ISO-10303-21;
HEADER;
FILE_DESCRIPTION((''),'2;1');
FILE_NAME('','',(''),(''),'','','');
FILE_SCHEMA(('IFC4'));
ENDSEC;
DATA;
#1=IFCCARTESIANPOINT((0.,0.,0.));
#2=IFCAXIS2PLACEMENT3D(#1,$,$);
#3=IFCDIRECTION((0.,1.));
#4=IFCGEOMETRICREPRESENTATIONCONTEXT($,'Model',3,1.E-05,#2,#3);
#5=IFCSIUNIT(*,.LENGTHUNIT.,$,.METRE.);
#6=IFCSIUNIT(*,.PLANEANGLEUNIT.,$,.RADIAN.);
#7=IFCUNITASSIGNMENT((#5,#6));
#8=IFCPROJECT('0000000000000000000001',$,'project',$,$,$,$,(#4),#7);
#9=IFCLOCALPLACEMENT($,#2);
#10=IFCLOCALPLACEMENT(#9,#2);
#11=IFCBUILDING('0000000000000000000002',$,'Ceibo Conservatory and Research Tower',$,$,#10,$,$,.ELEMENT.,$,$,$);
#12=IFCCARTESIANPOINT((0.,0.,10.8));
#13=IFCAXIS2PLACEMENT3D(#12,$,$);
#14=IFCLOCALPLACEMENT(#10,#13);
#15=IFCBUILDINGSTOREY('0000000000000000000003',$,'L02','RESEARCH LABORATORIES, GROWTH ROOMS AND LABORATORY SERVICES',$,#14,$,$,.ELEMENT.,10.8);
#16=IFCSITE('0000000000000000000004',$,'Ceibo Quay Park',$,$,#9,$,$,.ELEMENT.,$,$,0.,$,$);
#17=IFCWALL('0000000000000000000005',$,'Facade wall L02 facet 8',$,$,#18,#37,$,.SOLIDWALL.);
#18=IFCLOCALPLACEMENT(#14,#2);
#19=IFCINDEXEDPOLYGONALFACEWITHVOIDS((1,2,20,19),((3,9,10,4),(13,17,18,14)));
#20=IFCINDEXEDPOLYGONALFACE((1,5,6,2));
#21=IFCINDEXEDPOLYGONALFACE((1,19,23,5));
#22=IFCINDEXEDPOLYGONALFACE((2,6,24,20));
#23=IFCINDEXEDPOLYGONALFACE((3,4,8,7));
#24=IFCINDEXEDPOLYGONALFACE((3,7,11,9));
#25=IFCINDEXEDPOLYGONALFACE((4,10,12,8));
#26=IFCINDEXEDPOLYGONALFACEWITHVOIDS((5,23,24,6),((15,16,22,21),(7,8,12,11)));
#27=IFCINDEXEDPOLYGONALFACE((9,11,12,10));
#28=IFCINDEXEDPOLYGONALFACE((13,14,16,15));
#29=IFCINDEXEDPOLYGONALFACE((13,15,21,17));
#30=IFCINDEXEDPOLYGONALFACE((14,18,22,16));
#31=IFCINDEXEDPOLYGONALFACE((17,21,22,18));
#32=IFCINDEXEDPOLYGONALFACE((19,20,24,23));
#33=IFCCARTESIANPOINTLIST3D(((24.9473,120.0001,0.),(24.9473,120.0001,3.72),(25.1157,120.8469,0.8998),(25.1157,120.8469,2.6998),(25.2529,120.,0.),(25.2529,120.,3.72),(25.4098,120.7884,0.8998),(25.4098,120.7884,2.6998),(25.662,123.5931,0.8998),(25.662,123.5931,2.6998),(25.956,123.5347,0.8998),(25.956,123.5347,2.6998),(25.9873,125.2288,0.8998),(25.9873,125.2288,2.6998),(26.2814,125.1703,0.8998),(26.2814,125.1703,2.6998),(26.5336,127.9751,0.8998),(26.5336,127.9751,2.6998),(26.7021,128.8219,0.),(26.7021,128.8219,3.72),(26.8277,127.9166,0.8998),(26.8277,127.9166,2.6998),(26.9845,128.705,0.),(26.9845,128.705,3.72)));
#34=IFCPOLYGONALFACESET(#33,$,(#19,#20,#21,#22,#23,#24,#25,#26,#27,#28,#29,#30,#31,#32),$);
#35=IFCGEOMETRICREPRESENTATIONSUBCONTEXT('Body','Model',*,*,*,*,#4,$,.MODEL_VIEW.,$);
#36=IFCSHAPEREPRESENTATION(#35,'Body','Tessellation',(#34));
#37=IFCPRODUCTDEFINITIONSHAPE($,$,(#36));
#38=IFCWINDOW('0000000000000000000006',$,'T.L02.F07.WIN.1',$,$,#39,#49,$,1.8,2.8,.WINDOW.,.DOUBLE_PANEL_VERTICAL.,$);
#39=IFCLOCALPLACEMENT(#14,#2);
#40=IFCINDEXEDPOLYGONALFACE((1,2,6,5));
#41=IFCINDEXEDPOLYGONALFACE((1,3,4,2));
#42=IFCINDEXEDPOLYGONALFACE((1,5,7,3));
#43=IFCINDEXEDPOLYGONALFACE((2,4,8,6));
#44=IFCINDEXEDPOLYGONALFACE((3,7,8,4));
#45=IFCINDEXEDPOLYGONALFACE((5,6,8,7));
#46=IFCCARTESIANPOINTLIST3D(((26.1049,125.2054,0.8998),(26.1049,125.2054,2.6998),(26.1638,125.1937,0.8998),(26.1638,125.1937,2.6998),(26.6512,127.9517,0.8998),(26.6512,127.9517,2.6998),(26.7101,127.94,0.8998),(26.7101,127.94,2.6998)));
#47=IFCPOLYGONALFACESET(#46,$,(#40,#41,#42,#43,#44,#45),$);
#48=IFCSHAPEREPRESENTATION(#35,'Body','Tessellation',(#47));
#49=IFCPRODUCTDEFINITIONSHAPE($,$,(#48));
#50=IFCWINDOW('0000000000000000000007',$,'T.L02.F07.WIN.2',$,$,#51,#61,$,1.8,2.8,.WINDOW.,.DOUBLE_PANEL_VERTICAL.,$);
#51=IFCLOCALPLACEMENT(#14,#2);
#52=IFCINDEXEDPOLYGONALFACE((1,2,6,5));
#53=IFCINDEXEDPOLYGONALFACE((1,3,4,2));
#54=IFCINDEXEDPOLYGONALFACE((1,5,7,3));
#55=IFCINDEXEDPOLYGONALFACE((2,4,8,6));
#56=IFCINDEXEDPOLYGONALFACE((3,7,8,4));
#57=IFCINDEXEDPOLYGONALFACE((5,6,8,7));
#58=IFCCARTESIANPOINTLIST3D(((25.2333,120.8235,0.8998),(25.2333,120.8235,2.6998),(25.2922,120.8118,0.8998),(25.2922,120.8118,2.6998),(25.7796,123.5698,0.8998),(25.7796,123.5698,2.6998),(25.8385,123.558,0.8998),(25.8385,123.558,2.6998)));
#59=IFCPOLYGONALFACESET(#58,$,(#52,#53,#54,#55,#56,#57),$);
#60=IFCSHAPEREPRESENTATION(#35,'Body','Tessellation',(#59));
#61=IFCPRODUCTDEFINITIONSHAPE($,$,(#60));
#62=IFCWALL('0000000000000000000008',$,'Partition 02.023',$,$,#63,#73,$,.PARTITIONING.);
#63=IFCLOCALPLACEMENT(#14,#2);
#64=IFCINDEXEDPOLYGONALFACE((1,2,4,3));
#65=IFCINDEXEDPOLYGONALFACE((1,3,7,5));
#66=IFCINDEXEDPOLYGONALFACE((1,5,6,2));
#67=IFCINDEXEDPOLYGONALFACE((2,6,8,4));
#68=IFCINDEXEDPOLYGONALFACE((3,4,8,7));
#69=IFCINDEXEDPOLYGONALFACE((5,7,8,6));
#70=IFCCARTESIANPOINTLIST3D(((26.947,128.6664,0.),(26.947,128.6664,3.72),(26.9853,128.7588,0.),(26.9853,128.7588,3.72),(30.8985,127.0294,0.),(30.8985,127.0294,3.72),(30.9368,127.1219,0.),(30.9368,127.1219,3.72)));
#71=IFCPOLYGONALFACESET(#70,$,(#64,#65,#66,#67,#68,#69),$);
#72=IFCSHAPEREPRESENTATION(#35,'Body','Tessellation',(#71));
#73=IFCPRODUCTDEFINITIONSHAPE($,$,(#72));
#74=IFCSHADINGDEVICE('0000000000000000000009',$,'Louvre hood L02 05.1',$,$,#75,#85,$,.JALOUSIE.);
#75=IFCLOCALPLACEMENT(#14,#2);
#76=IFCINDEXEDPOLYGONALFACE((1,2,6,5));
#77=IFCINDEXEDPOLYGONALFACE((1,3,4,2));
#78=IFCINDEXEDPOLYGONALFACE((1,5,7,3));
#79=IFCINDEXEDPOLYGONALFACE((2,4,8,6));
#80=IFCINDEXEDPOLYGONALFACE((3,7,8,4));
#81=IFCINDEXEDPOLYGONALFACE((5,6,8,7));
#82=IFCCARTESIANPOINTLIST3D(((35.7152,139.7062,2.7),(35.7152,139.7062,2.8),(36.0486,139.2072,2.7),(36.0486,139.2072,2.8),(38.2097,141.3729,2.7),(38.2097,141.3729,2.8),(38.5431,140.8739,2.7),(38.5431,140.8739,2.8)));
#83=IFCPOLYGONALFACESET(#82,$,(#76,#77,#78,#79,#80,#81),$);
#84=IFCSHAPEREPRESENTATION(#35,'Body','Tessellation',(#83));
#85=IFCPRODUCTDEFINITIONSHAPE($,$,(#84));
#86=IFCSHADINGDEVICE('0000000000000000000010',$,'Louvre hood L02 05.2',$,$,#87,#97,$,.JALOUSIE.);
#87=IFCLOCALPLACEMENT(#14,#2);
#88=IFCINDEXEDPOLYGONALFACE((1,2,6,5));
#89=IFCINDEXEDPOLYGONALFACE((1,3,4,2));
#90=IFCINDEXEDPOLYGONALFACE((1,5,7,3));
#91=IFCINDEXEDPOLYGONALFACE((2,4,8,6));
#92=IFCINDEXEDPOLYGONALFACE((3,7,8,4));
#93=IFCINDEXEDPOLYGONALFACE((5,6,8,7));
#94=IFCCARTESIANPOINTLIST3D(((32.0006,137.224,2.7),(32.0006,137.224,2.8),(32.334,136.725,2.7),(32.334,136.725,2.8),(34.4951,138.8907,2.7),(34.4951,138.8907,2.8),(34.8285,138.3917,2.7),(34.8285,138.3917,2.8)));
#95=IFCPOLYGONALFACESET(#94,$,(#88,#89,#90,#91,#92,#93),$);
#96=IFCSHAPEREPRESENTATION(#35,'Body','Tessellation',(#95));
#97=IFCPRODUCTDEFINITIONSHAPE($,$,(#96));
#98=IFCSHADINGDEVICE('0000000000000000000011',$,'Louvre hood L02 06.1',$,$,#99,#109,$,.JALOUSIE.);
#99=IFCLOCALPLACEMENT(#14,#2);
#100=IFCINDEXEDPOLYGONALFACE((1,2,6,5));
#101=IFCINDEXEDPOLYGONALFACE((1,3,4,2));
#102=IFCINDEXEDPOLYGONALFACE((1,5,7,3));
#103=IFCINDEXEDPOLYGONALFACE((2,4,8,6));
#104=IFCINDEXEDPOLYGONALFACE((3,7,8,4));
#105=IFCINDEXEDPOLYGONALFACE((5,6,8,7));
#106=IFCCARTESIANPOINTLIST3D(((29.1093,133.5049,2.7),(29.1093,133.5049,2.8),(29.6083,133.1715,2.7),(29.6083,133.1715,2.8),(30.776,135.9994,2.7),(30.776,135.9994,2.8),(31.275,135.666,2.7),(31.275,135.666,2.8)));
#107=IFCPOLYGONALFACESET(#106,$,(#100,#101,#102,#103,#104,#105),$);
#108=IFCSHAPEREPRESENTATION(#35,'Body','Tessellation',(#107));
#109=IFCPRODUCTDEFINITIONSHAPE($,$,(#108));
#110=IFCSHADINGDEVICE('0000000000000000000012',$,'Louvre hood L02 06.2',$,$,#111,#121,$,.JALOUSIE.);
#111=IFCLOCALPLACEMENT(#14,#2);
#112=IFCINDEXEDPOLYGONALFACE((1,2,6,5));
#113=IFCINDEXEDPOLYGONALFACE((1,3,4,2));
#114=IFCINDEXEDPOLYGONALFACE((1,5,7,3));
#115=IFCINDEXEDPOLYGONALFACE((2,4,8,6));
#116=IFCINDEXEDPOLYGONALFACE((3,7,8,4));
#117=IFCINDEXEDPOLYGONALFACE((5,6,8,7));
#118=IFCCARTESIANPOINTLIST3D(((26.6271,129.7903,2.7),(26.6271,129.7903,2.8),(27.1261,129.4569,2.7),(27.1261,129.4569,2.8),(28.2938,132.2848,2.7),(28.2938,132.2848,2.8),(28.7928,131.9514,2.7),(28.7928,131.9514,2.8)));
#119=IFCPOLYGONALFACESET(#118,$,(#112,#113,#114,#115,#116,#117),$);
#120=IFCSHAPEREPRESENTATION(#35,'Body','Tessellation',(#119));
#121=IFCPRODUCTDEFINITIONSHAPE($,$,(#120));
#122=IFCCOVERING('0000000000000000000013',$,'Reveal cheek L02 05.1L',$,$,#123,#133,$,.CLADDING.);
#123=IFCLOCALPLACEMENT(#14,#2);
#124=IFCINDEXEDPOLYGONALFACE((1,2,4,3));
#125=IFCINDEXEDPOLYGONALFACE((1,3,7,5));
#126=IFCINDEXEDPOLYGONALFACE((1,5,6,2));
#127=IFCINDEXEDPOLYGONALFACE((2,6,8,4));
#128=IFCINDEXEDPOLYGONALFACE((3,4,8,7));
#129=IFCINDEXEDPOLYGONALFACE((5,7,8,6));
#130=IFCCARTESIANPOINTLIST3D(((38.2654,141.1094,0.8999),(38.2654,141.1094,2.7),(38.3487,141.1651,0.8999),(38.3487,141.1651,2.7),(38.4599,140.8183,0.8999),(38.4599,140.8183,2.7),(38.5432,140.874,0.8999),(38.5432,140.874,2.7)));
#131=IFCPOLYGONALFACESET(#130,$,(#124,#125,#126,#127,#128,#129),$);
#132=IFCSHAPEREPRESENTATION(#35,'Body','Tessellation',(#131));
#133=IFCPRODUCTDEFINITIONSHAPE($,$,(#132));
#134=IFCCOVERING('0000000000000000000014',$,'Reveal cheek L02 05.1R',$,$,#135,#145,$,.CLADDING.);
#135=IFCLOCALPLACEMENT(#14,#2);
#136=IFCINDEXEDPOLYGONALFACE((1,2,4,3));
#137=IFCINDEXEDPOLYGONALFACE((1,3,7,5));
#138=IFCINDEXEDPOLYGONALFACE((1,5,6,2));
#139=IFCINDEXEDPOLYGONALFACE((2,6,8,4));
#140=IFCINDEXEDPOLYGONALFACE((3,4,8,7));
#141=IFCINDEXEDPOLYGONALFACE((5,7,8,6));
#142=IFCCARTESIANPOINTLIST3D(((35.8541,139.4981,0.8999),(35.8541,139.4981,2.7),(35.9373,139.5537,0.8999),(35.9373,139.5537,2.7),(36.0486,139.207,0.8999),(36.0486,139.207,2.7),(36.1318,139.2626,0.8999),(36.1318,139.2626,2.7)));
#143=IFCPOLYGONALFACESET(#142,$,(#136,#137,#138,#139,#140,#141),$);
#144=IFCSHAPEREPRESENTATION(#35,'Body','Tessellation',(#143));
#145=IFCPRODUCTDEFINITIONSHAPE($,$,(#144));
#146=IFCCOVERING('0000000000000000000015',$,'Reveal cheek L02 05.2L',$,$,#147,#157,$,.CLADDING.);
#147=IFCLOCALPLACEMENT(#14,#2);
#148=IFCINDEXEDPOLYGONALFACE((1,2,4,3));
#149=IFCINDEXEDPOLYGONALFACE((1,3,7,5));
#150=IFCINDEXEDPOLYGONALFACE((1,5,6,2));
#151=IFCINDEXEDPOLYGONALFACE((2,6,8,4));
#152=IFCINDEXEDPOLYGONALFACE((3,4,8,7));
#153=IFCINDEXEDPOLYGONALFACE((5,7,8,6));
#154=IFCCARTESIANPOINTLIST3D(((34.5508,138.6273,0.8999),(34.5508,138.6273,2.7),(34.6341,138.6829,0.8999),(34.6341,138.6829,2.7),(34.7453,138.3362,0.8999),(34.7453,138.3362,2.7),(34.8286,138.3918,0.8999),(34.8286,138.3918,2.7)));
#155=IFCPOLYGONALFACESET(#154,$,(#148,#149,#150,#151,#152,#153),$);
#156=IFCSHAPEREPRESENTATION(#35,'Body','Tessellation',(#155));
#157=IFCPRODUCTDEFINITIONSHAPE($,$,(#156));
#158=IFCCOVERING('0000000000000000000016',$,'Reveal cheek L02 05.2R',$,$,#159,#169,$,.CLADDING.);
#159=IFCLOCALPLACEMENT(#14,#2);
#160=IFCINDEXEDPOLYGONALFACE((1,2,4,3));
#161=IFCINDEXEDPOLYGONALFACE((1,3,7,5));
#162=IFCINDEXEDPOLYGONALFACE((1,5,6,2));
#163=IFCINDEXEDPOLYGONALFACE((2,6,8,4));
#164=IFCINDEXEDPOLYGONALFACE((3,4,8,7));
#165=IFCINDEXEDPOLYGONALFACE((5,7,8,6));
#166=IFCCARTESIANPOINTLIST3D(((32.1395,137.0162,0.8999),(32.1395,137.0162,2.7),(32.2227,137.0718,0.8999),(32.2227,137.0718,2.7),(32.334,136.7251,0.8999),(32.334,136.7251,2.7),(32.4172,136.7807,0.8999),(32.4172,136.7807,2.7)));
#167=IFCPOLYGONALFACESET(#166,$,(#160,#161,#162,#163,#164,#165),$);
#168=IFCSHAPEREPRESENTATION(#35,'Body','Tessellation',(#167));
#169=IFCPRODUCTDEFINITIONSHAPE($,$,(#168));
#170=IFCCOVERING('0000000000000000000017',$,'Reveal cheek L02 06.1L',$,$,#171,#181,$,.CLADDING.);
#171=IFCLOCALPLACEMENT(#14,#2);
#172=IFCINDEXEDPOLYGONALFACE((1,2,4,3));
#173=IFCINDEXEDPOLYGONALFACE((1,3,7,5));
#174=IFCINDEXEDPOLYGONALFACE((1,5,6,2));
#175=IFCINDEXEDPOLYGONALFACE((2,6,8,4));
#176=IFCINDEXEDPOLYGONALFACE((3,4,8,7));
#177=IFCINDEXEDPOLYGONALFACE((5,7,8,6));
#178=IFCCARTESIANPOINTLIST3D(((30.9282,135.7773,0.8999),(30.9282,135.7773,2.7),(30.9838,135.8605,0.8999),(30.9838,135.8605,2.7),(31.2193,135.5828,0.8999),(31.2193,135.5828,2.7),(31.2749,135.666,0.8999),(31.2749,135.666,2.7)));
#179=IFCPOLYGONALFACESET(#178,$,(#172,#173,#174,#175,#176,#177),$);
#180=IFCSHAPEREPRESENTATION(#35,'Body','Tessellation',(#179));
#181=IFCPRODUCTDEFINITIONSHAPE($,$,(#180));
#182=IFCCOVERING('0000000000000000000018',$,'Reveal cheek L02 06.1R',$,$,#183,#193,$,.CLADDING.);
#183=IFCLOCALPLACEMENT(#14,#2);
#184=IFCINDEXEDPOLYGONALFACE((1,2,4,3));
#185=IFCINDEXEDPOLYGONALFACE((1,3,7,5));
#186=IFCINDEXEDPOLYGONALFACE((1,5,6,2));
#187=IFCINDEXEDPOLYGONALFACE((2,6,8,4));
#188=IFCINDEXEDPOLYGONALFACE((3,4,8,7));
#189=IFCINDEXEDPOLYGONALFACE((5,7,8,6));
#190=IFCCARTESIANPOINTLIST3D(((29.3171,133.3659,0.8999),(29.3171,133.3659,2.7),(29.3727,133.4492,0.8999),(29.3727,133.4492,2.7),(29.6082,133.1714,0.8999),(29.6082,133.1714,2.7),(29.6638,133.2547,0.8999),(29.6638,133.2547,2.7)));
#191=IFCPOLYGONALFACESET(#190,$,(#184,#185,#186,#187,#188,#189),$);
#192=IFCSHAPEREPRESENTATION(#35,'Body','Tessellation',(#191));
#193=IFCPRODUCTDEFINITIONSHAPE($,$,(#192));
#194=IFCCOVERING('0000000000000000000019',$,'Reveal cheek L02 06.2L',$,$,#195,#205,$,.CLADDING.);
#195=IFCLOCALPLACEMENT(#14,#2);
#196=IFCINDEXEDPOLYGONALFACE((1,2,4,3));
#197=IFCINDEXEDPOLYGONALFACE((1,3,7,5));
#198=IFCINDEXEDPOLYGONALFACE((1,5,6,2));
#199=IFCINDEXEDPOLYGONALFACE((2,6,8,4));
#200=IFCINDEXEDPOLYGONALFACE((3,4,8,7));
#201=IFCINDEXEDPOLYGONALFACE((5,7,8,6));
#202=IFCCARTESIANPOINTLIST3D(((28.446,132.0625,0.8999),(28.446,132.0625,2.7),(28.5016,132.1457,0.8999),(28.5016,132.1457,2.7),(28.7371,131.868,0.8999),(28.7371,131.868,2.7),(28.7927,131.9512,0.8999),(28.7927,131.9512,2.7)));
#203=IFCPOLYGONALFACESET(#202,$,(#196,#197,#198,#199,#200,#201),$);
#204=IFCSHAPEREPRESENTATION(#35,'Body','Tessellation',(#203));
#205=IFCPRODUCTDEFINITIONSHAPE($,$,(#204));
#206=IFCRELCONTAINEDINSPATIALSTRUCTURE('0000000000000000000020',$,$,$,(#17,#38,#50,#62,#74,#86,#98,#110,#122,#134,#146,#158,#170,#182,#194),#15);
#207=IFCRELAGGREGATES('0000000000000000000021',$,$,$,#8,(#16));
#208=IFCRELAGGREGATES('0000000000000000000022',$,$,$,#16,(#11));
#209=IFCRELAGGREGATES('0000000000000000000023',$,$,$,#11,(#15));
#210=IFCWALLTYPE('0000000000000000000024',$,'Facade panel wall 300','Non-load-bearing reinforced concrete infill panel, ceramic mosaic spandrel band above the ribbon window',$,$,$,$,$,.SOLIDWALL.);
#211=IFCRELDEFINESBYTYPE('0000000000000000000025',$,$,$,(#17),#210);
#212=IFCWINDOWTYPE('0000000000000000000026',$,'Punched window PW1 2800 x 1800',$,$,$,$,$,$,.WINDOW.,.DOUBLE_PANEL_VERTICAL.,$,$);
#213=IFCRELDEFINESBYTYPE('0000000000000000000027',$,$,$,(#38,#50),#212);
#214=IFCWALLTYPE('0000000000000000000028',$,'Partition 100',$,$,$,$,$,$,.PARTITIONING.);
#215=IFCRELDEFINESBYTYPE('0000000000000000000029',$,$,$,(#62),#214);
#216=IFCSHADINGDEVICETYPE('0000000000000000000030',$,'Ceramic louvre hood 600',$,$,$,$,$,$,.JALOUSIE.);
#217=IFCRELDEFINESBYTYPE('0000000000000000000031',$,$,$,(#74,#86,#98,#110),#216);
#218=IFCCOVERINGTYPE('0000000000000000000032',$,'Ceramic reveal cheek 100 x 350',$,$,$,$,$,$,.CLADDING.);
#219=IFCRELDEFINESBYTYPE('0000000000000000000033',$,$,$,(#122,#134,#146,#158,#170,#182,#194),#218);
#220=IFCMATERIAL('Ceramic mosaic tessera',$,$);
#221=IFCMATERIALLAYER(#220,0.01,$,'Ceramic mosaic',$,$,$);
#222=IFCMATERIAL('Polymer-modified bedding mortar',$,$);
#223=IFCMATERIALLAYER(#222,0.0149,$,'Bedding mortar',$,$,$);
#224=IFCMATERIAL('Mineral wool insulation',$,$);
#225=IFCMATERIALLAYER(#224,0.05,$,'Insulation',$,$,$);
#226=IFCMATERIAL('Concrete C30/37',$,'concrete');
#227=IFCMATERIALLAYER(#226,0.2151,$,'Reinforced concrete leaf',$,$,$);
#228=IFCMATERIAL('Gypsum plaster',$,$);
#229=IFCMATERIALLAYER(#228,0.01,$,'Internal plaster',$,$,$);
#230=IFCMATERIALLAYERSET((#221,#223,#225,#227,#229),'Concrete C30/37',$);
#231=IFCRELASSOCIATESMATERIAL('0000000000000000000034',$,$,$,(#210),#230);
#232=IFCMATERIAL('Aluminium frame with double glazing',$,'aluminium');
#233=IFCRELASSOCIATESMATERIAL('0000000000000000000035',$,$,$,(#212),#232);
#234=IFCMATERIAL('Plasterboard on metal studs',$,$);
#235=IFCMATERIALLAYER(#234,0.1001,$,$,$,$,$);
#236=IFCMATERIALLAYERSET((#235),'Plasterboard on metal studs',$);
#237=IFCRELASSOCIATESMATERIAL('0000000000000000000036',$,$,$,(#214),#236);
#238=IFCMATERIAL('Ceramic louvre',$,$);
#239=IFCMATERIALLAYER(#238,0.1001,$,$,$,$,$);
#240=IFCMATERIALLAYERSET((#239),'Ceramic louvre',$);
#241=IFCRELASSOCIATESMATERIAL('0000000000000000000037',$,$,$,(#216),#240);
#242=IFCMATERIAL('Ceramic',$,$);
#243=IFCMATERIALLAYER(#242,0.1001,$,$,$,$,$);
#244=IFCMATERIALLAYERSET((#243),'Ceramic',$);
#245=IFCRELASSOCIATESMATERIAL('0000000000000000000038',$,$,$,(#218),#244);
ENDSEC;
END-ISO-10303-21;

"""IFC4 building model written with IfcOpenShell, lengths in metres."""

from ifc_helpers import new_model, si_unit, direction, frame, frame_2d, origin, origin_2d, place, context, subcontext, project, spatial, polyline, rectangle, outline, extrude, material, layer, layer_set, type_object, element, fill, save


model = new_model("IFC4")

# Units and contexts
model_context = context("Model", 3, precision=1e-05, world=origin(), true_north=direction((0.0, 1.0)))
body_context = subcontext(model_context, "Body", "Model", "MODEL_VIEW")
ifc_project = project(units=[si_unit("LENGTHUNIT", "METRE"), si_unit("PLANEANGLEUNIT", "RADIAN")], contexts=[model_context])

# Site, building, storey
site_placement = place(None, origin())
site = spatial("IfcSite", under=ifc_project, at=site_placement, Name="Ceibo Quay Park", CompositionType="ELEMENT", RefElevation=0.0)
building_placement = place(site_placement, origin())
building = spatial("IfcBuilding", under=site, at=building_placement, Name="Ceibo Conservatory and Research Tower", CompositionType="ELEMENT")
storey_placement = place(building_placement, frame((0.0, 0.0, 10.8)))
storey = spatial("IfcBuildingStorey", under=building, at=storey_placement, Name="L02", Description="RESEARCH LABORATORIES, GROWTH ROOMS AND LABORATORY SERVICES", CompositionType="ELEMENT", Elevation=10.8)

# Wall, openings, windows
ifc_material_1 = material(Name="Ceramic mosaic tessera")
ifc_layer_1 = layer(ifc_material_1, 0.01, Name="Ceramic mosaic")
ifc_material_2 = material(Name="Polymer-modified bedding mortar")
ifc_layer_2 = layer(ifc_material_2, 0.0149, Name="Bedding mortar")
ifc_material_3 = material(Name="Mineral wool insulation")
ifc_layer_3 = layer(ifc_material_3, 0.05, Name="Insulation")
ifc_material_4 = material(Name="Concrete C30/37", Category="concrete")
ifc_layer_4 = layer(ifc_material_4, 0.2151, Name="Reinforced concrete leaf")
ifc_material_5 = material(Name="Gypsum plaster")
ifc_layer_5 = layer(ifc_material_5, 0.01, Name="Internal plaster")
ifc_layer_set_1 = layer_set([ifc_layer_1, ifc_layer_2, ifc_layer_3, ifc_layer_4, ifc_layer_5], Name="Concrete C30/37")
wall_type_1 = type_object("IfcWallType", Name="Facade panel wall 300", Description="Non-load-bearing reinforced concrete infill panel, ceramic mosaic spandrel band above the ribbon window", PredefinedType="SOLIDWALL", material=ifc_layer_set_1)
ifc_material_6 = material(Name="Aluminium frame with double glazing", Category="aluminium")
window_type = type_object("IfcWindowType", Name="Punched window PW1 2800 x 1800", PartitioningType="DOUBLE_PANEL_VERTICAL", PredefinedType="WINDOW", material=ifc_material_6)
wall_1_placement = place(storey_placement, frame((26.8433, 128.7634, 0.0), z_axis=(0.0, 0.0, 1.0), x_axis=(-0.195091, -0.980785, 0.0)))
wall_1 = element("IfcWall", 1, at=wall_1_placement, inside=storey, type_object=wall_type_1, Name="Facade wall L02 facet 8", PredefinedType="SOLIDWALL", context=body_context, shape_type="SweptSolid", body=[
    extrude(outline(polyline([(-0.0298, -0.1499), (8.9648, -0.1499), (8.9053, 0.1499), (0.0298, 0.1499), (-0.0298, -0.1499)])), origin(), (0.0, 0.0, 1.0), 3.72),
])
opening_1_placement = place(wall_1_placement, frame((0.8337, 0.0, 0.8999)))
opening_1 = element("IfcOpeningElement", 2, at=opening_1_placement, cuts=wall_1, PredefinedType="OPENING", context=body_context, shape_type="SweptSolid", body=[
    extrude(rectangle(XDim=2.8, YDim=1.8, at=frame_2d((1.3999, 0.8999))), frame((0.0, 0.1599, 0.0), z_axis=(0.0, -1.0, 0.0), x_axis=(1.0, 0.0, 0.0)), (0.0, 0.0, 1.0), 0.3201),
])
opening_2_placement = place(wall_1_placement, frame((5.3015, 0.0, 0.8999)))
opening_2 = element("IfcOpeningElement", 3, at=opening_2_placement, cuts=wall_1, PredefinedType="OPENING", context=body_context, shape_type="SweptSolid", body=[
    extrude(rectangle(XDim=2.8, YDim=1.8, at=frame_2d((1.3999, 0.8999))), frame((0.0, 0.1599, 0.0), z_axis=(0.0, -1.0, 0.0), x_axis=(1.0, 0.0, 0.0)), (0.0, 0.0, 1.0), 0.3201),
])
window_1_placement = place(opening_1_placement, origin())
window_1 = element("IfcWindow", 4, at=window_1_placement, inside=storey, type_object=window_type, Name="T.L02.F07.WIN.1", OverallHeight=1.8, OverallWidth=2.8, PartitioningType="DOUBLE_PANEL_VERTICAL", PredefinedType="WINDOW", context=body_context, shape_type="SweptSolid", body=[
    extrude(rectangle(XDim=2.8, YDim=1.8, at=frame_2d((1.3999, 0.8999))), frame((0.0, 0.03, 0.0), z_axis=(0.0, -1.0, 0.0), x_axis=(1.0, 0.0, 0.0)), (0.0, 0.0, 1.0), 0.0601),
])
fill(opening_1, window_1)
window_2_placement = place(opening_2_placement, origin())
window_2 = element("IfcWindow", 5, at=window_2_placement, inside=storey, type_object=window_type, Name="T.L02.F07.WIN.2", OverallHeight=1.8, OverallWidth=2.8, PartitioningType="DOUBLE_PANEL_VERTICAL", PredefinedType="WINDOW", context=body_context, shape_type="SweptSolid", body=[
    extrude(rectangle(XDim=2.8, YDim=1.8, at=frame_2d((1.3999, 0.8999))), frame((0.0, 0.03, 0.0), z_axis=(0.0, -1.0, 0.0), x_axis=(1.0, 0.0, 0.0)), (0.0, 0.0, 1.0), 0.0601),
])
fill(opening_2, window_2)

# Wall
ifc_material_7 = material(Name="Plasterboard on metal studs")
ifc_layer_6 = layer(ifc_material_7, 0.1001)
ifc_layer_set_2 = layer_set([ifc_layer_6], Name="Plasterboard on metal studs")
wall_type_2 = type_object("IfcWallType", Name="Partition 100", PredefinedType="PARTITIONING", material=ifc_layer_set_2)
wall_2_placement = place(storey_placement, frame((26.9661, 128.7126, 0.0), z_axis=(0.0, 0.0, 1.0), x_axis=(0.92386, -0.38273, 0.0)))
element("IfcWall", 6, at=wall_2_placement, inside=storey, type_object=wall_type_2, Name="Partition 02.023", PredefinedType="PARTITIONING", context=body_context, shape_type="SweptSolid", body=[
    extrude(rectangle(XDim=4.2771, YDim=0.1001, at=frame_2d((2.1387, 0.0))), origin(), (0.0, 0.0, 1.0), 3.72),
])

# Shading devices
ifc_material_8 = material(Name="Ceramic louvre")
ifc_layer_7 = layer(ifc_material_8, 0.1001)
ifc_layer_set_3 = layer_set([ifc_layer_7], Name="Ceramic louvre")
shading_device_type = type_object("IfcShadingDeviceType", Name="Ceramic louvre hood 600", PredefinedType="JALOUSIE", material=ifc_layer_set_3)
for number, where, z_axis, x_axis, name in (
    (7, (37.1292, 140.29, 2.7), (0.0, 0.0, 1.0), (-0.83147, -0.55557, 0.0), "Louvre hood L02 05.1"),
    (8, (33.4146, 137.8079, 2.7), (0.0, 0.0, 1.0), (-0.83147, -0.55557, 0.0), "Louvre hood L02 05.2"),
    (9, (30.1921, 134.5854, 2.7), (0.0, 0.0, 1.0), (-0.55557, -0.83147, 0.0), "Louvre hood L02 06.1"),
    (10, (27.71, 130.8708, 2.7), (0.0, 0.0, 1.0), (-0.55557, -0.83147, 0.0), "Louvre hood L02 06.2"),
):
    element("IfcShadingDevice", number, at=place(storey_placement, frame(where, z_axis=z_axis, x_axis=x_axis)), inside=storey, type_object=shading_device_type, Name=name, PredefinedType="JALOUSIE", context=body_context, shape_type="SweptSolid", body=[
        extrude(rectangle(XDim=3.0, YDim=0.6001, at=origin_2d()), origin(), (0.0, 0.0, 1.0), 0.1001),
    ])

# Coverings
ifc_material_9 = material(Name="Ceramic")
ifc_layer_8 = layer(ifc_material_9, 0.1001)
ifc_layer_set_4 = layer_set([ifc_layer_8], Name="Ceramic")
covering_type_1 = type_object("IfcCoveringType", Name="Ceramic reveal cheek 100 x 350", PredefinedType="CLADDING", material=ifc_layer_set_4)
for number, where, z_axis, x_axis, name in (
    (11, (38.4043, 140.9917, 0.8999), (0.0, 0.0, 1.0), (-0.83147, -0.55557, 0.0), "Reveal cheek L02 05.1L"),
    (12, (35.9929, 139.3804, 0.8999), (0.0, 0.0, 1.0), (-0.83147, -0.55557, 0.0), "Reveal cheek L02 05.1R"),
    (13, (34.6897, 138.5095, 0.8999), (0.0, 0.0, 1.0), (-0.83147, -0.55557, 0.0), "Reveal cheek L02 05.2L"),
    (14, (32.2783, 136.8984, 0.8999), (0.0, 0.0, 1.0), (-0.83147, -0.55557, 0.0), "Reveal cheek L02 05.2R"),
    (15, (31.1016, 135.7217, 0.8999), (0.0, 0.0, 1.0), (-0.55557, -0.83147, 0.0), "Reveal cheek L02 06.1L"),
    (16, (29.4905, 133.3103, 0.8999), (0.0, 0.0, 1.0), (-0.55557, -0.83147, 0.0), "Reveal cheek L02 06.1R"),
    (17, (28.6194, 132.0068, 0.8999), (0.0, 0.0, 1.0), (-0.55557, -0.83147, 0.0), "Reveal cheek L02 06.2L"),
):
    element("IfcCovering", number, at=place(storey_placement, frame(where, z_axis=z_axis, x_axis=x_axis)), inside=storey, type_object=covering_type_1, Name=name, PredefinedType="CLADDING", context=body_context, shape_type="SweptSolid", body=[
        extrude(rectangle(XDim=0.1001, YDim=0.3501, at=origin_2d()), origin(), (0.0, 0.0, 1.0), 1.8),
    ])

save(model, "model.ifc")
